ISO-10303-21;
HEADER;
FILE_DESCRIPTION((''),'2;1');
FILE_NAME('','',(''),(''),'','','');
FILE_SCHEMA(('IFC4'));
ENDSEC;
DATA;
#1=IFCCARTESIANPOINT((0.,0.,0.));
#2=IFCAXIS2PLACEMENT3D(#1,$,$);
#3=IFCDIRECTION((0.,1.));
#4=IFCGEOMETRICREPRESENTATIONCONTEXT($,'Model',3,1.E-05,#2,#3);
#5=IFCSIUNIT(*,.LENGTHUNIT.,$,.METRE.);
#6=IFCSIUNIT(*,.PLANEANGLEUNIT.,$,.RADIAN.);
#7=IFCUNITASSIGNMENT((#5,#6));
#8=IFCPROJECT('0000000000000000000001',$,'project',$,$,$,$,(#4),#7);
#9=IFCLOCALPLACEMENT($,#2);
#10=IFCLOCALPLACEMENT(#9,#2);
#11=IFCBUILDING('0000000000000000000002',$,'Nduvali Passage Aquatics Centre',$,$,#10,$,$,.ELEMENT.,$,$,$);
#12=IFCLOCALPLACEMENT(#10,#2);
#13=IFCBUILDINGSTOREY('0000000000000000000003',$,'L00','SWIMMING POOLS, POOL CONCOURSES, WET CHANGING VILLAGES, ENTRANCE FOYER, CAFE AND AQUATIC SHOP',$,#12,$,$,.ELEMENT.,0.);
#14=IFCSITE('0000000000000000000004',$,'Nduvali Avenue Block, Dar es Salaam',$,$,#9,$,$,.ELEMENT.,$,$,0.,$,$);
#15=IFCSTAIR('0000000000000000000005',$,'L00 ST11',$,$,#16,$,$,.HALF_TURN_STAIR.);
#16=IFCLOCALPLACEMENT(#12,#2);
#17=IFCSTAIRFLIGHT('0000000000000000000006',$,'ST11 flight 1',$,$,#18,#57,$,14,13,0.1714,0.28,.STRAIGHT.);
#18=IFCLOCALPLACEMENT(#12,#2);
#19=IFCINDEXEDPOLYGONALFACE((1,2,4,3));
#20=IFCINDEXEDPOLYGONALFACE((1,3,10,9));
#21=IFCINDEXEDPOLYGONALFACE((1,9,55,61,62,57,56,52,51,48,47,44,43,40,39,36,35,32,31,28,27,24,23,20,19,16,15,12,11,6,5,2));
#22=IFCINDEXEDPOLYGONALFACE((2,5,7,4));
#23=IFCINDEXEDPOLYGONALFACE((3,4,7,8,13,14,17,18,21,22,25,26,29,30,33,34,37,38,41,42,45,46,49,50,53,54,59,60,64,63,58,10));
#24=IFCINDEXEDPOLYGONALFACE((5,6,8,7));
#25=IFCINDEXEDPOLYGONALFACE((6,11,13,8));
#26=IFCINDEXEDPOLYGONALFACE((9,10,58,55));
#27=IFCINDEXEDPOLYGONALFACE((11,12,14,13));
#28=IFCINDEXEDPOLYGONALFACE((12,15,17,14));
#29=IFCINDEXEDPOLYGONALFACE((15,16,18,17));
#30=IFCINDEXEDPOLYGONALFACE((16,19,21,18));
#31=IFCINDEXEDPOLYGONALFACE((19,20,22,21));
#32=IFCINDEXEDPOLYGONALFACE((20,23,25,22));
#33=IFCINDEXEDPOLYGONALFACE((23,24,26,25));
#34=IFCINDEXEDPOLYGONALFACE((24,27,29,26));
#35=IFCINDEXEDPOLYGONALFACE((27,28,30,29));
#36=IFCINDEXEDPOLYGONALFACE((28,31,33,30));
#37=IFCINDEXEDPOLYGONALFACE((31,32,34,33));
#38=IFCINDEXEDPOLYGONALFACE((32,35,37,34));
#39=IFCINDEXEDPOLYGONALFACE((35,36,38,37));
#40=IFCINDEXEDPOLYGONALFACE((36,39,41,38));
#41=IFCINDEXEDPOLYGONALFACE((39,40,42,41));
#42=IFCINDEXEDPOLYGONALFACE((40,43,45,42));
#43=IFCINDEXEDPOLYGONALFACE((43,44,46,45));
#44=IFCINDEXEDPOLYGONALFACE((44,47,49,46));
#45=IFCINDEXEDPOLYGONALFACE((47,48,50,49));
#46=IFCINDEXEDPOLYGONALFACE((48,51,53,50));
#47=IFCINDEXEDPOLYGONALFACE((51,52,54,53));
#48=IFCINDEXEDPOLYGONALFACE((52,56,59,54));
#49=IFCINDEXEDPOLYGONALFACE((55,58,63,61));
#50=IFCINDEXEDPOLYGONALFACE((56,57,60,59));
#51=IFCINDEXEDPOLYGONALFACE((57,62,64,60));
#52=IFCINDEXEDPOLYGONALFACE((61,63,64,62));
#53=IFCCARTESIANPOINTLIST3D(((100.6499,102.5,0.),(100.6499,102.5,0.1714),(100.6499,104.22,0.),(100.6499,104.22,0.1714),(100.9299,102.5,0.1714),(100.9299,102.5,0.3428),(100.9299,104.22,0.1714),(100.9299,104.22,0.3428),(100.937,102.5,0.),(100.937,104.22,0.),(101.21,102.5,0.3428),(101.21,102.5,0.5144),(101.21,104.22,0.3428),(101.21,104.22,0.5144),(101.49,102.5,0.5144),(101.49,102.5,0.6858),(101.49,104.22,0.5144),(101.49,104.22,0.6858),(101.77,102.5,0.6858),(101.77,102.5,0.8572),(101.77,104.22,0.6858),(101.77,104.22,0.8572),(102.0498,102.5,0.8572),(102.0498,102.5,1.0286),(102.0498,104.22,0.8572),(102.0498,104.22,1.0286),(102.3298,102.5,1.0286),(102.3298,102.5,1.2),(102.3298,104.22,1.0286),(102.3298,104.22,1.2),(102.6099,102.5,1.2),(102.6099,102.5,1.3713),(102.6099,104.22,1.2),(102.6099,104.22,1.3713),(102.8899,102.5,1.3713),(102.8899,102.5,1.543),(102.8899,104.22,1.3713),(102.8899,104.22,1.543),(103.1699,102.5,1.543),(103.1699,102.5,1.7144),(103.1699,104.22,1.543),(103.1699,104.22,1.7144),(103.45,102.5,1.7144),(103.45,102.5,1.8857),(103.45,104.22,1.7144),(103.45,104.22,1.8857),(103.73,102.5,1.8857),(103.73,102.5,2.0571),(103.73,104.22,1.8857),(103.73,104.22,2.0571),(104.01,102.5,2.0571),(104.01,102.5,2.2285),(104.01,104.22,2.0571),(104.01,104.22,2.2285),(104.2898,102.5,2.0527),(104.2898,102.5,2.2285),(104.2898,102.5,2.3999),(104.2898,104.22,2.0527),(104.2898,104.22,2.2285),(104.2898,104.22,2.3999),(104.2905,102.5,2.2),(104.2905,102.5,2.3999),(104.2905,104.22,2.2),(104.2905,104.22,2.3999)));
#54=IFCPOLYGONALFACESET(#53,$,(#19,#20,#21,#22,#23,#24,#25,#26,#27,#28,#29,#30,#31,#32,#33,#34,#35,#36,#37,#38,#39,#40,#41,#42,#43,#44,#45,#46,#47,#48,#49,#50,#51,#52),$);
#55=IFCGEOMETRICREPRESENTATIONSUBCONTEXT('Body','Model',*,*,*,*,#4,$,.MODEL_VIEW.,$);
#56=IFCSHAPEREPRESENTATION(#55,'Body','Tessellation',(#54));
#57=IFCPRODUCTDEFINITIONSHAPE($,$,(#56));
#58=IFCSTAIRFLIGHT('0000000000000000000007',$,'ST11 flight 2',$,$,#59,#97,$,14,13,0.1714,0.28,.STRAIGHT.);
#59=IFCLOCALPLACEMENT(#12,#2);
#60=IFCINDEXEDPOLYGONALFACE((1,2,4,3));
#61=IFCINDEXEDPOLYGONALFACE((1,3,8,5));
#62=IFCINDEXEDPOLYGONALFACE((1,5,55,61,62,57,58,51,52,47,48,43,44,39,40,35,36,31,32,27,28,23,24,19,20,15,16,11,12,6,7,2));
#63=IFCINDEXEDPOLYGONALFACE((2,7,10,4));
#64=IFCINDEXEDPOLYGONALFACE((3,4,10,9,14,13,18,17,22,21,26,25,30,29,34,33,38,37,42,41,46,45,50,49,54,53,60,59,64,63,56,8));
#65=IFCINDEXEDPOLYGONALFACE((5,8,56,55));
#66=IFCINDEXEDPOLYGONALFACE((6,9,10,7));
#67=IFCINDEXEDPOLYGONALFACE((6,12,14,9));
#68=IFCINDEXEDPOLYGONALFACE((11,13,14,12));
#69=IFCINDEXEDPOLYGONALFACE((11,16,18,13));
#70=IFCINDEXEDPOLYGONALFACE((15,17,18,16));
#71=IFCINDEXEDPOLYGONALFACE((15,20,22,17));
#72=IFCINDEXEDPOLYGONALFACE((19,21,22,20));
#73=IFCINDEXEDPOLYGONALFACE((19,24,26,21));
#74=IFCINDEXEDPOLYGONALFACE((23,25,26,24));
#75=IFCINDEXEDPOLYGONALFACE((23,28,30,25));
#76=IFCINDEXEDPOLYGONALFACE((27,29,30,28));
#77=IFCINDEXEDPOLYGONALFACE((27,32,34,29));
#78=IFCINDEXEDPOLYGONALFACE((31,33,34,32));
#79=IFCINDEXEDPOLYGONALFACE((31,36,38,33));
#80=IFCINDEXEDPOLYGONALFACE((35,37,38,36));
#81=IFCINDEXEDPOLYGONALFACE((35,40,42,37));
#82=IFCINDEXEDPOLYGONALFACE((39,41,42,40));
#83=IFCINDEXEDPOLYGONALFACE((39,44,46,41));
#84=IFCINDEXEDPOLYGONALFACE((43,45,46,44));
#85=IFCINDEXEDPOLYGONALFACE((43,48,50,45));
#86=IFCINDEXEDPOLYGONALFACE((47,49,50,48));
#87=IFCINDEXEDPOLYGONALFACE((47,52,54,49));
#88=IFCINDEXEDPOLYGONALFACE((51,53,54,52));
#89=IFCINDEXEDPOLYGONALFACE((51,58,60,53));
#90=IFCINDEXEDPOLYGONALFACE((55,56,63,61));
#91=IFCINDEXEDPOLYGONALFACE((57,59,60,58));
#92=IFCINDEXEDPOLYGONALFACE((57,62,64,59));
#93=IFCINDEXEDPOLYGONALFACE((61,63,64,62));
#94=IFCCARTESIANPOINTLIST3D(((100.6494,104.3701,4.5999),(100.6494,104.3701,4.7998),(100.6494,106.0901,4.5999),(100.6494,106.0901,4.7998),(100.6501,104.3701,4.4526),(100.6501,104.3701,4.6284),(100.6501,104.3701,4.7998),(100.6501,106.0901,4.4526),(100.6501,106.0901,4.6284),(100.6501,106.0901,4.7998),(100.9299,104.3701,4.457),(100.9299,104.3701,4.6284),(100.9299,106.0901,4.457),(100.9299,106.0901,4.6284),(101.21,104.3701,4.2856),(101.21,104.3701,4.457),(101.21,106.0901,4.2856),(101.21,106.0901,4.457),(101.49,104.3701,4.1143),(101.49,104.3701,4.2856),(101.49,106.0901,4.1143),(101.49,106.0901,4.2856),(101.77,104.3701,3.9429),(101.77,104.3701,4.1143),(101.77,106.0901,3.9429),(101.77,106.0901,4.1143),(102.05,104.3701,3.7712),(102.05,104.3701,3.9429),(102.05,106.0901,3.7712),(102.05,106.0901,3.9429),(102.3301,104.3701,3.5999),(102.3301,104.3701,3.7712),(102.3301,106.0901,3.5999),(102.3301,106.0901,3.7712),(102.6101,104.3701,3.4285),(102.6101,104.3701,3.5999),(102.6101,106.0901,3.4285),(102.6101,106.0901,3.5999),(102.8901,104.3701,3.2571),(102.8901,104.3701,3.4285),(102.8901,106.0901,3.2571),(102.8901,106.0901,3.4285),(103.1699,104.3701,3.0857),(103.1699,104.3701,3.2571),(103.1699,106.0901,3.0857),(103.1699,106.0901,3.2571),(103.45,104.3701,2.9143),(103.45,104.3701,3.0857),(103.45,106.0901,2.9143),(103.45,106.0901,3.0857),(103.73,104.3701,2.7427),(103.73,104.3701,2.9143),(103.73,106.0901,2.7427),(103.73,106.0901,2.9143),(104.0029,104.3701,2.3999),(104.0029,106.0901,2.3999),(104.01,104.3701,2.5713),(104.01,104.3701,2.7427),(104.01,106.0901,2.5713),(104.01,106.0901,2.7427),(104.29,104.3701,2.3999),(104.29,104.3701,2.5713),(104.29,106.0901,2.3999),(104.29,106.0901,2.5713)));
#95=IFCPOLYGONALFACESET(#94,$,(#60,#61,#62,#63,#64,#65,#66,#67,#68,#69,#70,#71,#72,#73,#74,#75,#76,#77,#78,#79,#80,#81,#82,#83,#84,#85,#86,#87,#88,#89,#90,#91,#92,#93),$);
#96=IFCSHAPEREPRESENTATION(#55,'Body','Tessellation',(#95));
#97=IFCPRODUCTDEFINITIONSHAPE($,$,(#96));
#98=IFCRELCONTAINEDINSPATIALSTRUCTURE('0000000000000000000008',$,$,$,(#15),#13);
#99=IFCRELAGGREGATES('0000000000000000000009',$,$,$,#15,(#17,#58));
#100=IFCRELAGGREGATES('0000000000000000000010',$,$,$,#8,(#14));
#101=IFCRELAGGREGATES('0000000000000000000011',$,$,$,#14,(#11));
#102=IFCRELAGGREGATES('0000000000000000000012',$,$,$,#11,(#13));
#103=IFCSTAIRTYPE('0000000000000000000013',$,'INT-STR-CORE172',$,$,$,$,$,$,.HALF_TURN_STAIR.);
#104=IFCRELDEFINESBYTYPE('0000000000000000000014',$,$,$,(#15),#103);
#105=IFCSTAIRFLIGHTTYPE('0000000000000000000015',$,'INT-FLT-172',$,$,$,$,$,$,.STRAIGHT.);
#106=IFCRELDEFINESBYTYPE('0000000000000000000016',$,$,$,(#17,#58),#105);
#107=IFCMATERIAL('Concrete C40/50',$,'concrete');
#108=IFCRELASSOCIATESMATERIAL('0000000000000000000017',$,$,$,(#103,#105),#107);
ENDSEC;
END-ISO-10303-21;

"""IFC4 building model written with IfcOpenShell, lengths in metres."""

from ifc_helpers import new_model, si_unit, direction, frame, origin, place, context, subcontext, project, spatial, polyline, outline, extrude, material, type_object, element, aggregate, save


model = new_model("IFC4")

# Units and contexts
model_context = context("Model", 3, precision=1e-05, world=origin(), true_north=direction((0.0, 1.0)))
body_context = subcontext(model_context, "Body", "Model", "MODEL_VIEW")
ifc_project = project(units=[si_unit("LENGTHUNIT", "METRE"), si_unit("PLANEANGLEUNIT", "RADIAN")], contexts=[model_context])

# Site, building, storey
site_placement = place(None, origin())
site = spatial("IfcSite", under=ifc_project, at=site_placement, Name="Nduvali Avenue Block, Dar es Salaam", CompositionType="ELEMENT", RefElevation=0.0)
building_placement = place(site_placement, origin())
building = spatial("IfcBuilding", under=site, at=building_placement, Name="Nduvali Passage Aquatics Centre", CompositionType="ELEMENT")
storey_placement = place(building_placement, origin())
storey = spatial("IfcBuildingStorey", under=building, at=storey_placement, Name="L00", Description="SWIMMING POOLS, POOL CONCOURSES, WET CHANGING VILLAGES, ENTRANCE FOYER, CAFE AND AQUATIC SHOP", CompositionType="ELEMENT", Elevation=0.0)

# Shared definitions
ifc_material_1 = material(Name="Concrete C40/50", Category="concrete")

# Stair, stair flights
stair_type = type_object("IfcStairType", Name="INT-STR-CORE172", PredefinedType="HALF_TURN_STAIR", material=ifc_material_1)
stair_placement = place(storey_placement, origin())
stair = element("IfcStair", 1, at=stair_placement, inside=storey, type_object=stair_type, Name="L00 ST11", PredefinedType="HALF_TURN_STAIR")
stair_flight_type = type_object("IfcStairFlightType", Name="INT-FLT-172", PredefinedType="STRAIGHT", material=ifc_material_1)
stair_flight_1_placement = place(storey_placement, frame((100.6499, 103.3601, 0.0), z_axis=(0.0, 0.0, 1.0), x_axis=(1.0, 0.0, 0.0)))
stair_flight_1 = element("IfcStairFlight", 2, at=stair_flight_1_placement, type_object=stair_flight_type, Name="ST11 flight 1", NumberOfRisers=14, NumberOfTreads=13, PredefinedType="STRAIGHT", RiserHeight=0.1714, TreadLength=0.28, context=body_context, shape_type="SweptSolid", body=[
    extrude(outline(polyline([(0.0, 0.0), (0.0, 0.1714), (0.28, 0.1714), (0.28, 0.3428), (0.5601, 0.3428), (0.5601, 0.5144), (0.8401, 0.5144), (0.8401, 0.6858), (1.1201, 0.6858), (1.1201, 0.8572), (1.3999, 0.8572), (1.3999, 1.0286), (1.6799, 1.0286), (1.6799, 1.2), (1.96, 1.2), (1.96, 1.3713), (2.24, 1.3713), (2.24, 1.543), (2.52, 1.543), (2.52, 1.7144), (2.8, 1.7144), (2.8, 1.8857), (3.0801, 1.8857), (3.0801, 2.0571), (3.3601, 2.0571), (3.3601, 2.2285), (3.6399, 2.2285), (3.6399, 2.3999), (3.6406, 2.3999), (3.6406, 2.2), (3.6399, 2.0527), (0.2871, 0.0), (0.0, 0.0)])), frame((0.0, 0.8599, 0.0), z_axis=(0.0, -1.0, 0.0), x_axis=(1.0, 0.0, 0.0)), (0.0, 0.0, 1.0), 1.72),
])
stair_flight_2_placement = place(storey_placement, frame((104.29, 105.23, 2.3999), z_axis=(0.0, 0.0, 1.0), x_axis=(-1.0, 0.0, 0.0)))
stair_flight_2 = element("IfcStairFlight", 3, at=stair_flight_2_placement, type_object=stair_flight_type, Name="ST11 flight 2", NumberOfRisers=14, NumberOfTreads=13, PredefinedType="STRAIGHT", RiserHeight=0.1714, TreadLength=0.28, context=body_context, shape_type="SweptSolid", body=[
    extrude(outline(polyline([(0.0, 0.0), (0.0, 0.1714), (0.28, 0.1714), (0.28, 0.3428), (0.5601, 0.3428), (0.5601, 0.5144), (0.8401, 0.5144), (0.8401, 0.6858), (1.1201, 0.6858), (1.1201, 0.8572), (1.3999, 0.8572), (1.3999, 1.0286), (1.6799, 1.0286), (1.6799, 1.2), (1.96, 1.2), (1.96, 1.3713), (2.24, 1.3713), (2.24, 1.543), (2.52, 1.543), (2.52, 1.7144), (2.8, 1.7144), (2.8, 1.8857), (3.0801, 1.8857), (3.0801, 2.0571), (3.3601, 2.0571), (3.3601, 2.2285), (3.6399, 2.2285), (3.6399, 2.3999), (3.6406, 2.3999), (3.6406, 2.2), (3.6399, 2.0527), (0.2871, 0.0), (0.0, 0.0)])), frame((0.0, 0.8599, 0.0), z_axis=(0.0, -1.0, 0.0), x_axis=(1.0, 0.0, 0.0)), (0.0, 0.0, 1.0), 1.72),
])
aggregate(stair, [stair_flight_1, stair_flight_2])

save(model, "model.ifc")
